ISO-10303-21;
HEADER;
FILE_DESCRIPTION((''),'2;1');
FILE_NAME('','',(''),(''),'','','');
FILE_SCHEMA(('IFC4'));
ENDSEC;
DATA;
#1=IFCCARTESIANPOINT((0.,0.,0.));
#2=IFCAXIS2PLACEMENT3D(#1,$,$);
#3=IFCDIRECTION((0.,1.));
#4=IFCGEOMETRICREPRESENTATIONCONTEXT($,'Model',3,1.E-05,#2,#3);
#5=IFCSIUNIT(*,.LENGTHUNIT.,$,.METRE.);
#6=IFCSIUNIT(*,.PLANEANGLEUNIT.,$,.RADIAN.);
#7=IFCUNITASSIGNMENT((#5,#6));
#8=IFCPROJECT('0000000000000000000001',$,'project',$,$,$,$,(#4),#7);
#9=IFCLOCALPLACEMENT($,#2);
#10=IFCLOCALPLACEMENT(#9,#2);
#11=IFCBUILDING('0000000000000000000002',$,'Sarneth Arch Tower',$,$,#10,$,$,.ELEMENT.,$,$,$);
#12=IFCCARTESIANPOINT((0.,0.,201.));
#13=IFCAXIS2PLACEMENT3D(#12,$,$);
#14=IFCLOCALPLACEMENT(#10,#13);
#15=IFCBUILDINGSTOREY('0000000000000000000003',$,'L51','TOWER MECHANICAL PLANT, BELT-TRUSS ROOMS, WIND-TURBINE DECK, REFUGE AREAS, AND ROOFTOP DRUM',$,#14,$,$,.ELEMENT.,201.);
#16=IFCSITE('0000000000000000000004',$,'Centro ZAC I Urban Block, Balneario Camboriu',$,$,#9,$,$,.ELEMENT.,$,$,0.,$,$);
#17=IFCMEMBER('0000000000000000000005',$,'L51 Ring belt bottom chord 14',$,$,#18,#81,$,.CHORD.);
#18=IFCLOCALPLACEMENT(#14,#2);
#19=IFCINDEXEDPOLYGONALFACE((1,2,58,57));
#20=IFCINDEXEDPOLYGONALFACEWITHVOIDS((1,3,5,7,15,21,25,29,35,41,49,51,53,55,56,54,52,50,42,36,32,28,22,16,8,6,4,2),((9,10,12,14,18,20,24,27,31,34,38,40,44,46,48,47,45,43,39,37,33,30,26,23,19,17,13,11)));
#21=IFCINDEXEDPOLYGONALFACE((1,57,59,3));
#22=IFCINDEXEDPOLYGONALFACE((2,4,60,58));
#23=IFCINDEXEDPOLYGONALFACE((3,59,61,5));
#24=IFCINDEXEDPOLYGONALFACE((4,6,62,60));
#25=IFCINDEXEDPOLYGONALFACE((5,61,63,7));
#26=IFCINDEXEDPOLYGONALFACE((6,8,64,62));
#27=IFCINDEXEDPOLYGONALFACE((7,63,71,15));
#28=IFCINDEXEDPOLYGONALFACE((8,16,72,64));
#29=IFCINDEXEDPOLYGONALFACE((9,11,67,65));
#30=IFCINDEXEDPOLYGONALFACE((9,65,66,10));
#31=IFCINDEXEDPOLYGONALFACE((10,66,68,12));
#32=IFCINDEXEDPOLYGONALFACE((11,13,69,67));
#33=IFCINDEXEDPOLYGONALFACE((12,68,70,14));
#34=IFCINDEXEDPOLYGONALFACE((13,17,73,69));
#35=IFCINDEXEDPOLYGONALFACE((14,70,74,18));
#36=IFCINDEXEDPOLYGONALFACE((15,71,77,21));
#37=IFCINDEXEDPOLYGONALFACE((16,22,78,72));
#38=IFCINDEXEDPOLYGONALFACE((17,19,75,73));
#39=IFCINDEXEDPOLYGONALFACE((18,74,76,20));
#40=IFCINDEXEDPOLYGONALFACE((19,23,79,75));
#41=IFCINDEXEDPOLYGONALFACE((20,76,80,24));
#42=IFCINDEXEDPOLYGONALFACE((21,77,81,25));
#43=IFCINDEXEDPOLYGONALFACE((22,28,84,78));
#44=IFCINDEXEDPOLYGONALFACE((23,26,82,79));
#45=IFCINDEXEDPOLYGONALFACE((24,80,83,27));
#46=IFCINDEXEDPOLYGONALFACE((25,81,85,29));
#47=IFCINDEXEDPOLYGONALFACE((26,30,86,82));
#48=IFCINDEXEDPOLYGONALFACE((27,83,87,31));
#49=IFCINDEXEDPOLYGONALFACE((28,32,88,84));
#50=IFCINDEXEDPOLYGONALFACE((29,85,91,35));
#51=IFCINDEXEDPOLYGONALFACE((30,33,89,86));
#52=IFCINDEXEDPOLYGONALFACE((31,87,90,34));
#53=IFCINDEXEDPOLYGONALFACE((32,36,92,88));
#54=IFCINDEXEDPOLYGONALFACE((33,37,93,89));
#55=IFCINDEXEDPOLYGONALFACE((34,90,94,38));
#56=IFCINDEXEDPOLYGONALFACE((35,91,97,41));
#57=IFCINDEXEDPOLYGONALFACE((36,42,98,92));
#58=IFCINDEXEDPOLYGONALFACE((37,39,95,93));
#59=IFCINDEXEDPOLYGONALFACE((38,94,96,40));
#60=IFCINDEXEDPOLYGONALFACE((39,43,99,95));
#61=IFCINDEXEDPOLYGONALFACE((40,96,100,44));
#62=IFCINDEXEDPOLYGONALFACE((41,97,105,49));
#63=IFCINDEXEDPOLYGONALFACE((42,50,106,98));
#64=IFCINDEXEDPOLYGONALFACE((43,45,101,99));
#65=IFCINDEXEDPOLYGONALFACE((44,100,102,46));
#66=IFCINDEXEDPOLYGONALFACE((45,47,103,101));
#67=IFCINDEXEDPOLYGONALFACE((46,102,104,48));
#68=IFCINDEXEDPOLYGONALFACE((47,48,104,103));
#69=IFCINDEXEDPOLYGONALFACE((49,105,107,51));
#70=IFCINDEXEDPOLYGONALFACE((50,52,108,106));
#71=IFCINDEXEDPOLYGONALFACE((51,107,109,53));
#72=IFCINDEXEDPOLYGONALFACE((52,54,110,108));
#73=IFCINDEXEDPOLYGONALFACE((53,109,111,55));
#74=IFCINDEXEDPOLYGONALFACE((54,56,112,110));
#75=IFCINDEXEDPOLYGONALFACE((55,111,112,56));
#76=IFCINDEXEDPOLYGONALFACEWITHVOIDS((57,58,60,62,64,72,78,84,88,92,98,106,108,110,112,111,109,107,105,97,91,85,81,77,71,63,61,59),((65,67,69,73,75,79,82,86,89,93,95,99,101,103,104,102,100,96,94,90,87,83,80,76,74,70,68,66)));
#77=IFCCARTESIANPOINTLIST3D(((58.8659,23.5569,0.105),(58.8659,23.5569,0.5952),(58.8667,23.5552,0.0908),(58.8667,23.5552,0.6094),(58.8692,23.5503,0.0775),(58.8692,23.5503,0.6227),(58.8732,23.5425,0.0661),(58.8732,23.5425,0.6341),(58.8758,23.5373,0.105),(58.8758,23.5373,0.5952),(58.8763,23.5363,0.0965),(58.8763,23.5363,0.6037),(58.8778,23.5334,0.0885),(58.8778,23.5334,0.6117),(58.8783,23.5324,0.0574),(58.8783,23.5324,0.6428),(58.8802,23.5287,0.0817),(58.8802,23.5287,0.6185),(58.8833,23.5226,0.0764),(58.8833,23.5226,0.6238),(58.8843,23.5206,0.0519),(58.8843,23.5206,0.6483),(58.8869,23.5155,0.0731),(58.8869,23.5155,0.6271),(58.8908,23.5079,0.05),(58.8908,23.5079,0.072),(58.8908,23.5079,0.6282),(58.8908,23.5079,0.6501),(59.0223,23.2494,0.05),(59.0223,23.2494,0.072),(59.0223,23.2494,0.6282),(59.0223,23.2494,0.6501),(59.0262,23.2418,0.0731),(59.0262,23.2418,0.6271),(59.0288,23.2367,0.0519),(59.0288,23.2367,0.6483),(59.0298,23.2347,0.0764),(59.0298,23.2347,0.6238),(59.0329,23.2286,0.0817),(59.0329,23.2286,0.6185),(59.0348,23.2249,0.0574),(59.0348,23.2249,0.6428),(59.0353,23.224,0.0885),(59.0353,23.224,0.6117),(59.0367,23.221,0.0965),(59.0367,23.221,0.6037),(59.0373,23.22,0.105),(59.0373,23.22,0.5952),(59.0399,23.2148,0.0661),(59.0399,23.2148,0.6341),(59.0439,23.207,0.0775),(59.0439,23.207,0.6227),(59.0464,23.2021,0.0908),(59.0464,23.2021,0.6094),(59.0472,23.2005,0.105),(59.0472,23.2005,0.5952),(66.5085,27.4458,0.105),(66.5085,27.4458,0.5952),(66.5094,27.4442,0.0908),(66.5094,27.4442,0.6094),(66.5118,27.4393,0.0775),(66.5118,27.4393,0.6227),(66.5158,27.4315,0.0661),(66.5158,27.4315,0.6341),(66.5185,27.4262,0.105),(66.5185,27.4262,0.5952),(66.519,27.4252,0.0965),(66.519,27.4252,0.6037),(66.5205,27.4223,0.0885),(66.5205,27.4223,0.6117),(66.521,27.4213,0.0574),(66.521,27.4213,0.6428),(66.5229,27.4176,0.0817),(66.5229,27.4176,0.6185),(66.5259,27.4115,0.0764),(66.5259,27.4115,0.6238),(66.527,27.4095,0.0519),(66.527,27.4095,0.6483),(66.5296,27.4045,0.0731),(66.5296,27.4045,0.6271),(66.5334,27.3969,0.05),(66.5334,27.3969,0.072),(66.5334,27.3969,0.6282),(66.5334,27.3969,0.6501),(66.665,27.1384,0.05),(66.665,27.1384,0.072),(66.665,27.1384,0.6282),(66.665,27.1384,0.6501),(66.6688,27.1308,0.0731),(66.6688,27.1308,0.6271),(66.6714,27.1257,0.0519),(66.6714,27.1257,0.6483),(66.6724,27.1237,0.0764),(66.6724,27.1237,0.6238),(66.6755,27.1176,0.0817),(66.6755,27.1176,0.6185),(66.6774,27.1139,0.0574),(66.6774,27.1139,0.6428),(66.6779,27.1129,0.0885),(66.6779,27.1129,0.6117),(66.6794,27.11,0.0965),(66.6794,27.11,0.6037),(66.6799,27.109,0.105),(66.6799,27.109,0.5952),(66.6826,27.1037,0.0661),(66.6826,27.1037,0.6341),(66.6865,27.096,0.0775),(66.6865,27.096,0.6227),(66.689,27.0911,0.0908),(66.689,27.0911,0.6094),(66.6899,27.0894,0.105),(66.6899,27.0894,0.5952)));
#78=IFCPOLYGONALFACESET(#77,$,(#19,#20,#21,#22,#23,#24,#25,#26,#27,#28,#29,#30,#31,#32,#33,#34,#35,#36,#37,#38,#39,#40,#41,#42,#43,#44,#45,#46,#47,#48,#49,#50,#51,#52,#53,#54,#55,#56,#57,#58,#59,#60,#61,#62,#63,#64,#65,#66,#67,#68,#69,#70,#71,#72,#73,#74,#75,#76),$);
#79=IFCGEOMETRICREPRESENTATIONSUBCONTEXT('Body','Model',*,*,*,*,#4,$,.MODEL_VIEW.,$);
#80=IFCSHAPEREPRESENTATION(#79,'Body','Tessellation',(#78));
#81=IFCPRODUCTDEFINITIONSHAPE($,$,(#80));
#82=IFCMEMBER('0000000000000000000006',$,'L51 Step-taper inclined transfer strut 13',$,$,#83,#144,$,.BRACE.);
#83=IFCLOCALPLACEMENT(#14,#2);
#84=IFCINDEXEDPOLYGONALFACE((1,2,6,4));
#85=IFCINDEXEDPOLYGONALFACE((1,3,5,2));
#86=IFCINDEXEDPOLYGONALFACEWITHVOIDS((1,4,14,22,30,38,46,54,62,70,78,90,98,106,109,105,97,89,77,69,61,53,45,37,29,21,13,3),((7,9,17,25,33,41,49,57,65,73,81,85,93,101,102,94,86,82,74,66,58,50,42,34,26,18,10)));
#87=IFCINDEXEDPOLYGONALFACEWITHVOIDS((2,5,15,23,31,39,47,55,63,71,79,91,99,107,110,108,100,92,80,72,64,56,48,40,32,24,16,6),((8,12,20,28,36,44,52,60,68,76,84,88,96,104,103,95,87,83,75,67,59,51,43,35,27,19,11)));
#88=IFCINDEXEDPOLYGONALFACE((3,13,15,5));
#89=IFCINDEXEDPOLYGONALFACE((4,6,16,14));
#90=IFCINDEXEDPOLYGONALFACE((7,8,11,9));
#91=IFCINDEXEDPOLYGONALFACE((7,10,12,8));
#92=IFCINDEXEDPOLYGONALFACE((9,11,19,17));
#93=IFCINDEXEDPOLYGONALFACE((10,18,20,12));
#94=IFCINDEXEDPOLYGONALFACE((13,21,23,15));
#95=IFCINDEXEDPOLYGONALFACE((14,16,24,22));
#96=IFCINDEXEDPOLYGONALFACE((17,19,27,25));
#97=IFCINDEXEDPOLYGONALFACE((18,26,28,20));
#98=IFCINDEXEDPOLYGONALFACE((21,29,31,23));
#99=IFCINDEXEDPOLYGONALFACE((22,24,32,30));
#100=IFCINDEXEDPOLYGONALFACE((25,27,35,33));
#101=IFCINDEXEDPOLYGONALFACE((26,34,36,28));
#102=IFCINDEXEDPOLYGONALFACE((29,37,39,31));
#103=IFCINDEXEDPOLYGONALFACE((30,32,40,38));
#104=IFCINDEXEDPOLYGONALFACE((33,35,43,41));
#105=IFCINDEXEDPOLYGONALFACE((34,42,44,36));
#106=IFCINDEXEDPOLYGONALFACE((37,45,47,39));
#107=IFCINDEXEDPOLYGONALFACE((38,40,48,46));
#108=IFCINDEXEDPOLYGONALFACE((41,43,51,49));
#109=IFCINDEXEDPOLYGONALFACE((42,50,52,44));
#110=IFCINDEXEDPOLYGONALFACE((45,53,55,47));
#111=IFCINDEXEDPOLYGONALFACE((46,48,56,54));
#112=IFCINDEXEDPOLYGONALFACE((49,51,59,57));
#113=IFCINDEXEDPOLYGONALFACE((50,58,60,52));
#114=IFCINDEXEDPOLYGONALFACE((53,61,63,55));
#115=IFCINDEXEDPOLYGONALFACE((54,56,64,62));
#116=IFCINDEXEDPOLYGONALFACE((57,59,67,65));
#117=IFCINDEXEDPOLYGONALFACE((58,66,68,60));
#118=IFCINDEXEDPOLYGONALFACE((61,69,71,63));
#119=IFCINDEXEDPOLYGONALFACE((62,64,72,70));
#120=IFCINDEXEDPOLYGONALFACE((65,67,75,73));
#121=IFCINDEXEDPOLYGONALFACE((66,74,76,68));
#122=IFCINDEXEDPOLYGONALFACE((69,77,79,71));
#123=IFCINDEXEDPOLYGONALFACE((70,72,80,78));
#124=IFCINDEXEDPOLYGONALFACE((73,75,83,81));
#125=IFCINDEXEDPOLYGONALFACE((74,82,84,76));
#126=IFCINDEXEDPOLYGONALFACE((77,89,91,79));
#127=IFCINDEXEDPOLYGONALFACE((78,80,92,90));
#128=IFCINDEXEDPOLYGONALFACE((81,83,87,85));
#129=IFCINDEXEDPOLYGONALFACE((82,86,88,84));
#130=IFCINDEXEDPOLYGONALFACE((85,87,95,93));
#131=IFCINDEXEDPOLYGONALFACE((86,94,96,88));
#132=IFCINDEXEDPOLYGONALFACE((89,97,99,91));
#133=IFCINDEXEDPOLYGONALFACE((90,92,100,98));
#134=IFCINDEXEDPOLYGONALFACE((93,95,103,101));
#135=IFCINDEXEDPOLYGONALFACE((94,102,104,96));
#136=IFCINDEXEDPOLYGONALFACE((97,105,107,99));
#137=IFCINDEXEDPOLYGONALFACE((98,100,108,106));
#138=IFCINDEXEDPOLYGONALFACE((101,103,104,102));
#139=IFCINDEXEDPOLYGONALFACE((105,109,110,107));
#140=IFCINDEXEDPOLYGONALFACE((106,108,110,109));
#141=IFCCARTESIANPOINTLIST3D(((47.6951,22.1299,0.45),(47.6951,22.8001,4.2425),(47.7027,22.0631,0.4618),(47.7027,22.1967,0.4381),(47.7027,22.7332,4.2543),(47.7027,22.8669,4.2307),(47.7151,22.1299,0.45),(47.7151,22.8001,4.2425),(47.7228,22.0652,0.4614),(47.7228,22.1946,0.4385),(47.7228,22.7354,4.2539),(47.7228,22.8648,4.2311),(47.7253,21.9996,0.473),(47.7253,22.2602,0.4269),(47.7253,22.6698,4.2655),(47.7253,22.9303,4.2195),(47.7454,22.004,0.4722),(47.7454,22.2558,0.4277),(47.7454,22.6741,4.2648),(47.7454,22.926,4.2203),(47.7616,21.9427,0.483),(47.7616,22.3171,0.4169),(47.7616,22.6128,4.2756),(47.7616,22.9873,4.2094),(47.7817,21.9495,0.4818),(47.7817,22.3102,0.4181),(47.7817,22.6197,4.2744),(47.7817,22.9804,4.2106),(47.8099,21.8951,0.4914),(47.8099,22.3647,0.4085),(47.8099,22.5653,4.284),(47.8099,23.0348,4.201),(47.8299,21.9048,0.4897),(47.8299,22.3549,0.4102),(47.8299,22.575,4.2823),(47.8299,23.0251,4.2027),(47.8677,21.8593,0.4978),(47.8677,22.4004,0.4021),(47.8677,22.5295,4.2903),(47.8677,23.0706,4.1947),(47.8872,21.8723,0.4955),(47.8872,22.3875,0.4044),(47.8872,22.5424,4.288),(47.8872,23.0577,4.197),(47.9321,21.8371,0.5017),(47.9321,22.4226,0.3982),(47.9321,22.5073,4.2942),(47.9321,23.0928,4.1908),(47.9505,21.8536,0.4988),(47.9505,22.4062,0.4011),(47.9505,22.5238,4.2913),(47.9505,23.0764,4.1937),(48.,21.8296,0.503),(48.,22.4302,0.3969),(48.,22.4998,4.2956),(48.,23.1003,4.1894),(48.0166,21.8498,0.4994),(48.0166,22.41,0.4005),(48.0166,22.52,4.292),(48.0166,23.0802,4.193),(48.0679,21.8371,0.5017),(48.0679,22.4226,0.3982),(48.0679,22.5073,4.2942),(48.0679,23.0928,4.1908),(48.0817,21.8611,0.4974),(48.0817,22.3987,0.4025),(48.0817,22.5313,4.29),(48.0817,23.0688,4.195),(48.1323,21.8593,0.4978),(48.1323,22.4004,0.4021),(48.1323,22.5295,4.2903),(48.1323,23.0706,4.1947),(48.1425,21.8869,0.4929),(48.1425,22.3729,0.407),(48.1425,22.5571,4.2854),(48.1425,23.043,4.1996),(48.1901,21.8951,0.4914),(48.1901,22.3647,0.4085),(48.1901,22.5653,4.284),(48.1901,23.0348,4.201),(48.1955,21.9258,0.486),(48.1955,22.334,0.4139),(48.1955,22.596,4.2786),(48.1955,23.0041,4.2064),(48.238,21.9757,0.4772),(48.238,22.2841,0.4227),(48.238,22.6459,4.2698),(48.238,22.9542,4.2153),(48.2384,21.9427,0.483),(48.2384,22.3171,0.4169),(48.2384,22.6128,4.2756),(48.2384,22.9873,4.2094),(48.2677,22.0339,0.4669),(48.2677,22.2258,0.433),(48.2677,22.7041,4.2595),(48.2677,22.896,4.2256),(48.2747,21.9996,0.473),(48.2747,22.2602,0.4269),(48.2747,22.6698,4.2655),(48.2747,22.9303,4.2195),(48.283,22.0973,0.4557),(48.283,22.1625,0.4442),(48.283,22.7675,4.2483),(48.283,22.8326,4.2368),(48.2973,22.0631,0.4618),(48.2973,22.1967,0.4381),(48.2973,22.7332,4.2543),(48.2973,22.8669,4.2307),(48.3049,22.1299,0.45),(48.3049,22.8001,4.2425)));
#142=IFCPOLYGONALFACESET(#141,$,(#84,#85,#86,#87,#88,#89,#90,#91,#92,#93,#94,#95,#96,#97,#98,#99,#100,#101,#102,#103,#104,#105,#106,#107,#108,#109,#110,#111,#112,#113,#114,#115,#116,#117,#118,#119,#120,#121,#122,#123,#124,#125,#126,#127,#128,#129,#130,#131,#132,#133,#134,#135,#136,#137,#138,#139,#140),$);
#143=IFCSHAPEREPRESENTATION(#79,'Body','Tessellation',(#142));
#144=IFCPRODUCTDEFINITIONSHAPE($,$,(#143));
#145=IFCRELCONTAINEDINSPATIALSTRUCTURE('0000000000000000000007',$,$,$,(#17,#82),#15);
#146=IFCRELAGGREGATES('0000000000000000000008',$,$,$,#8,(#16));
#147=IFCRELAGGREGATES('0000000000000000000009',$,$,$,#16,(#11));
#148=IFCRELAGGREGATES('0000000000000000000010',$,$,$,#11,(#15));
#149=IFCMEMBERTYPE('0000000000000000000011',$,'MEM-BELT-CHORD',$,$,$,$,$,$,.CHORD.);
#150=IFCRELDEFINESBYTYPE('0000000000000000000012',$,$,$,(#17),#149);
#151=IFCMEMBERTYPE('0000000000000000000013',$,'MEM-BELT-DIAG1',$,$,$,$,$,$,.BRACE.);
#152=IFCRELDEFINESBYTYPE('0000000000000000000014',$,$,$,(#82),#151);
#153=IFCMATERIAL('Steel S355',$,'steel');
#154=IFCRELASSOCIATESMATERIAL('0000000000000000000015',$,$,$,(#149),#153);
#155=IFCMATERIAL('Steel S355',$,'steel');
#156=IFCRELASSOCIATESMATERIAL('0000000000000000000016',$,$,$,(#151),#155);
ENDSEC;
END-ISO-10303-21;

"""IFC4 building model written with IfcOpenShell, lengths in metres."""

from ifc_helpers import new_model, si_unit, direction, frame, origin, origin_2d, place, context, subcontext, project, spatial, hollow_rectangle, hollow_circle, extrude, material, material_profile, profile_set, type_object, element, save


model = new_model("IFC4")

# Units and contexts
model_context = context("Model", 3, precision=1e-05, world=origin(), true_north=direction((0.0, 1.0)))
body_context = subcontext(model_context, "Body", "Model", "MODEL_VIEW")
ifc_project = project(units=[si_unit("LENGTHUNIT", "METRE"), si_unit("PLANEANGLEUNIT", "RADIAN")], contexts=[model_context])

# Site, building, storey
site_placement = place(None, origin())
site = spatial("IfcSite", under=ifc_project, at=site_placement, Name="Centro ZAC I Urban Block, Balneario Camboriu", CompositionType="ELEMENT", RefElevation=0.0)
building_placement = place(site_placement, origin())
building = spatial("IfcBuilding", under=site, at=building_placement, Name="Sarneth Arch Tower", CompositionType="ELEMENT")
storey_placement = place(building_placement, frame((0.0, 0.0, 201.0)))
storey = spatial("IfcBuildingStorey", under=building, at=storey_placement, Name="L51", Description="TOWER MECHANICAL PLANT, BELT-TRUSS ROOMS, WIND-TURBINE DECK, REFUGE AREAS, AND ROOFTOP DRUM", CompositionType="ELEMENT", Elevation=201.0)

# Members
ifc_material_1 = material(Name="Steel S355", Category="steel")
ifc_material_profile_1 = material_profile(ifc_material_1, hollow_rectangle(XDim=0.3999, YDim=0.6001, WallThickness=0.022, InnerFilletRadius=0.033, OuterFilletRadius=0.0549, at=origin_2d()), Name="RHS600x400x22")
ifc_profile_set_1 = profile_set([ifc_material_profile_1], Name="Steel S355")
member_type_1 = type_object("IfcMemberType", Name="MEM-BELT-CHORD", PredefinedType="CHORD", material=ifc_profile_set_1)
member_1_placement = place(storey_placement, frame((58.9565, 23.3787, 0.3501), z_axis=(0.89125, 0.453512, 0.0), x_axis=(-0.453512, 0.89125, 0.0)))
element("IfcMember", 1, at=member_1_placement, inside=storey, type_object=member_type_1, Name="L51 Ring belt bottom chord 14", PredefinedType="CHORD", context=body_context, shape_type="SweptSolid", body=[
    extrude(hollow_rectangle(XDim=0.3999, YDim=0.6001, WallThickness=0.022, InnerFilletRadius=0.033, OuterFilletRadius=0.0549, at=origin_2d()), origin(), (0.0, 0.0, 1.0), 8.5752),
])
ifc_material_2 = material(Name="Steel S355", Category="steel")
ifc_material_profile_2 = material_profile(ifc_material_2, hollow_circle(Radius=0.3049, WallThickness=0.02, at=origin_2d()), Name="CHS610x20")
ifc_profile_set_2 = profile_set([ifc_material_profile_2], Name="Steel S355")
member_type_2 = type_object("IfcMemberType", Name="MEM-BELT-DIAG1", PredefinedType="BRACE", material=ifc_profile_set_2)
member_2_placement = place(storey_placement, frame((48.0, 22.1299, 0.45), z_axis=(0.0, 0.174013, 0.984743), x_axis=(-1.0, 0.0, 0.0)))
element("IfcMember", 2, at=member_2_placement, inside=storey, type_object=member_type_2, Name="L51 Step-taper inclined transfer strut 13", PredefinedType="BRACE", context=body_context, shape_type="SweptSolid", body=[
    extrude(hollow_circle(Radius=0.3049, WallThickness=0.02, at=origin_2d()), origin(), (0.0, 0.0, 1.0), 3.8513),
])

save(model, "model.ifc")
